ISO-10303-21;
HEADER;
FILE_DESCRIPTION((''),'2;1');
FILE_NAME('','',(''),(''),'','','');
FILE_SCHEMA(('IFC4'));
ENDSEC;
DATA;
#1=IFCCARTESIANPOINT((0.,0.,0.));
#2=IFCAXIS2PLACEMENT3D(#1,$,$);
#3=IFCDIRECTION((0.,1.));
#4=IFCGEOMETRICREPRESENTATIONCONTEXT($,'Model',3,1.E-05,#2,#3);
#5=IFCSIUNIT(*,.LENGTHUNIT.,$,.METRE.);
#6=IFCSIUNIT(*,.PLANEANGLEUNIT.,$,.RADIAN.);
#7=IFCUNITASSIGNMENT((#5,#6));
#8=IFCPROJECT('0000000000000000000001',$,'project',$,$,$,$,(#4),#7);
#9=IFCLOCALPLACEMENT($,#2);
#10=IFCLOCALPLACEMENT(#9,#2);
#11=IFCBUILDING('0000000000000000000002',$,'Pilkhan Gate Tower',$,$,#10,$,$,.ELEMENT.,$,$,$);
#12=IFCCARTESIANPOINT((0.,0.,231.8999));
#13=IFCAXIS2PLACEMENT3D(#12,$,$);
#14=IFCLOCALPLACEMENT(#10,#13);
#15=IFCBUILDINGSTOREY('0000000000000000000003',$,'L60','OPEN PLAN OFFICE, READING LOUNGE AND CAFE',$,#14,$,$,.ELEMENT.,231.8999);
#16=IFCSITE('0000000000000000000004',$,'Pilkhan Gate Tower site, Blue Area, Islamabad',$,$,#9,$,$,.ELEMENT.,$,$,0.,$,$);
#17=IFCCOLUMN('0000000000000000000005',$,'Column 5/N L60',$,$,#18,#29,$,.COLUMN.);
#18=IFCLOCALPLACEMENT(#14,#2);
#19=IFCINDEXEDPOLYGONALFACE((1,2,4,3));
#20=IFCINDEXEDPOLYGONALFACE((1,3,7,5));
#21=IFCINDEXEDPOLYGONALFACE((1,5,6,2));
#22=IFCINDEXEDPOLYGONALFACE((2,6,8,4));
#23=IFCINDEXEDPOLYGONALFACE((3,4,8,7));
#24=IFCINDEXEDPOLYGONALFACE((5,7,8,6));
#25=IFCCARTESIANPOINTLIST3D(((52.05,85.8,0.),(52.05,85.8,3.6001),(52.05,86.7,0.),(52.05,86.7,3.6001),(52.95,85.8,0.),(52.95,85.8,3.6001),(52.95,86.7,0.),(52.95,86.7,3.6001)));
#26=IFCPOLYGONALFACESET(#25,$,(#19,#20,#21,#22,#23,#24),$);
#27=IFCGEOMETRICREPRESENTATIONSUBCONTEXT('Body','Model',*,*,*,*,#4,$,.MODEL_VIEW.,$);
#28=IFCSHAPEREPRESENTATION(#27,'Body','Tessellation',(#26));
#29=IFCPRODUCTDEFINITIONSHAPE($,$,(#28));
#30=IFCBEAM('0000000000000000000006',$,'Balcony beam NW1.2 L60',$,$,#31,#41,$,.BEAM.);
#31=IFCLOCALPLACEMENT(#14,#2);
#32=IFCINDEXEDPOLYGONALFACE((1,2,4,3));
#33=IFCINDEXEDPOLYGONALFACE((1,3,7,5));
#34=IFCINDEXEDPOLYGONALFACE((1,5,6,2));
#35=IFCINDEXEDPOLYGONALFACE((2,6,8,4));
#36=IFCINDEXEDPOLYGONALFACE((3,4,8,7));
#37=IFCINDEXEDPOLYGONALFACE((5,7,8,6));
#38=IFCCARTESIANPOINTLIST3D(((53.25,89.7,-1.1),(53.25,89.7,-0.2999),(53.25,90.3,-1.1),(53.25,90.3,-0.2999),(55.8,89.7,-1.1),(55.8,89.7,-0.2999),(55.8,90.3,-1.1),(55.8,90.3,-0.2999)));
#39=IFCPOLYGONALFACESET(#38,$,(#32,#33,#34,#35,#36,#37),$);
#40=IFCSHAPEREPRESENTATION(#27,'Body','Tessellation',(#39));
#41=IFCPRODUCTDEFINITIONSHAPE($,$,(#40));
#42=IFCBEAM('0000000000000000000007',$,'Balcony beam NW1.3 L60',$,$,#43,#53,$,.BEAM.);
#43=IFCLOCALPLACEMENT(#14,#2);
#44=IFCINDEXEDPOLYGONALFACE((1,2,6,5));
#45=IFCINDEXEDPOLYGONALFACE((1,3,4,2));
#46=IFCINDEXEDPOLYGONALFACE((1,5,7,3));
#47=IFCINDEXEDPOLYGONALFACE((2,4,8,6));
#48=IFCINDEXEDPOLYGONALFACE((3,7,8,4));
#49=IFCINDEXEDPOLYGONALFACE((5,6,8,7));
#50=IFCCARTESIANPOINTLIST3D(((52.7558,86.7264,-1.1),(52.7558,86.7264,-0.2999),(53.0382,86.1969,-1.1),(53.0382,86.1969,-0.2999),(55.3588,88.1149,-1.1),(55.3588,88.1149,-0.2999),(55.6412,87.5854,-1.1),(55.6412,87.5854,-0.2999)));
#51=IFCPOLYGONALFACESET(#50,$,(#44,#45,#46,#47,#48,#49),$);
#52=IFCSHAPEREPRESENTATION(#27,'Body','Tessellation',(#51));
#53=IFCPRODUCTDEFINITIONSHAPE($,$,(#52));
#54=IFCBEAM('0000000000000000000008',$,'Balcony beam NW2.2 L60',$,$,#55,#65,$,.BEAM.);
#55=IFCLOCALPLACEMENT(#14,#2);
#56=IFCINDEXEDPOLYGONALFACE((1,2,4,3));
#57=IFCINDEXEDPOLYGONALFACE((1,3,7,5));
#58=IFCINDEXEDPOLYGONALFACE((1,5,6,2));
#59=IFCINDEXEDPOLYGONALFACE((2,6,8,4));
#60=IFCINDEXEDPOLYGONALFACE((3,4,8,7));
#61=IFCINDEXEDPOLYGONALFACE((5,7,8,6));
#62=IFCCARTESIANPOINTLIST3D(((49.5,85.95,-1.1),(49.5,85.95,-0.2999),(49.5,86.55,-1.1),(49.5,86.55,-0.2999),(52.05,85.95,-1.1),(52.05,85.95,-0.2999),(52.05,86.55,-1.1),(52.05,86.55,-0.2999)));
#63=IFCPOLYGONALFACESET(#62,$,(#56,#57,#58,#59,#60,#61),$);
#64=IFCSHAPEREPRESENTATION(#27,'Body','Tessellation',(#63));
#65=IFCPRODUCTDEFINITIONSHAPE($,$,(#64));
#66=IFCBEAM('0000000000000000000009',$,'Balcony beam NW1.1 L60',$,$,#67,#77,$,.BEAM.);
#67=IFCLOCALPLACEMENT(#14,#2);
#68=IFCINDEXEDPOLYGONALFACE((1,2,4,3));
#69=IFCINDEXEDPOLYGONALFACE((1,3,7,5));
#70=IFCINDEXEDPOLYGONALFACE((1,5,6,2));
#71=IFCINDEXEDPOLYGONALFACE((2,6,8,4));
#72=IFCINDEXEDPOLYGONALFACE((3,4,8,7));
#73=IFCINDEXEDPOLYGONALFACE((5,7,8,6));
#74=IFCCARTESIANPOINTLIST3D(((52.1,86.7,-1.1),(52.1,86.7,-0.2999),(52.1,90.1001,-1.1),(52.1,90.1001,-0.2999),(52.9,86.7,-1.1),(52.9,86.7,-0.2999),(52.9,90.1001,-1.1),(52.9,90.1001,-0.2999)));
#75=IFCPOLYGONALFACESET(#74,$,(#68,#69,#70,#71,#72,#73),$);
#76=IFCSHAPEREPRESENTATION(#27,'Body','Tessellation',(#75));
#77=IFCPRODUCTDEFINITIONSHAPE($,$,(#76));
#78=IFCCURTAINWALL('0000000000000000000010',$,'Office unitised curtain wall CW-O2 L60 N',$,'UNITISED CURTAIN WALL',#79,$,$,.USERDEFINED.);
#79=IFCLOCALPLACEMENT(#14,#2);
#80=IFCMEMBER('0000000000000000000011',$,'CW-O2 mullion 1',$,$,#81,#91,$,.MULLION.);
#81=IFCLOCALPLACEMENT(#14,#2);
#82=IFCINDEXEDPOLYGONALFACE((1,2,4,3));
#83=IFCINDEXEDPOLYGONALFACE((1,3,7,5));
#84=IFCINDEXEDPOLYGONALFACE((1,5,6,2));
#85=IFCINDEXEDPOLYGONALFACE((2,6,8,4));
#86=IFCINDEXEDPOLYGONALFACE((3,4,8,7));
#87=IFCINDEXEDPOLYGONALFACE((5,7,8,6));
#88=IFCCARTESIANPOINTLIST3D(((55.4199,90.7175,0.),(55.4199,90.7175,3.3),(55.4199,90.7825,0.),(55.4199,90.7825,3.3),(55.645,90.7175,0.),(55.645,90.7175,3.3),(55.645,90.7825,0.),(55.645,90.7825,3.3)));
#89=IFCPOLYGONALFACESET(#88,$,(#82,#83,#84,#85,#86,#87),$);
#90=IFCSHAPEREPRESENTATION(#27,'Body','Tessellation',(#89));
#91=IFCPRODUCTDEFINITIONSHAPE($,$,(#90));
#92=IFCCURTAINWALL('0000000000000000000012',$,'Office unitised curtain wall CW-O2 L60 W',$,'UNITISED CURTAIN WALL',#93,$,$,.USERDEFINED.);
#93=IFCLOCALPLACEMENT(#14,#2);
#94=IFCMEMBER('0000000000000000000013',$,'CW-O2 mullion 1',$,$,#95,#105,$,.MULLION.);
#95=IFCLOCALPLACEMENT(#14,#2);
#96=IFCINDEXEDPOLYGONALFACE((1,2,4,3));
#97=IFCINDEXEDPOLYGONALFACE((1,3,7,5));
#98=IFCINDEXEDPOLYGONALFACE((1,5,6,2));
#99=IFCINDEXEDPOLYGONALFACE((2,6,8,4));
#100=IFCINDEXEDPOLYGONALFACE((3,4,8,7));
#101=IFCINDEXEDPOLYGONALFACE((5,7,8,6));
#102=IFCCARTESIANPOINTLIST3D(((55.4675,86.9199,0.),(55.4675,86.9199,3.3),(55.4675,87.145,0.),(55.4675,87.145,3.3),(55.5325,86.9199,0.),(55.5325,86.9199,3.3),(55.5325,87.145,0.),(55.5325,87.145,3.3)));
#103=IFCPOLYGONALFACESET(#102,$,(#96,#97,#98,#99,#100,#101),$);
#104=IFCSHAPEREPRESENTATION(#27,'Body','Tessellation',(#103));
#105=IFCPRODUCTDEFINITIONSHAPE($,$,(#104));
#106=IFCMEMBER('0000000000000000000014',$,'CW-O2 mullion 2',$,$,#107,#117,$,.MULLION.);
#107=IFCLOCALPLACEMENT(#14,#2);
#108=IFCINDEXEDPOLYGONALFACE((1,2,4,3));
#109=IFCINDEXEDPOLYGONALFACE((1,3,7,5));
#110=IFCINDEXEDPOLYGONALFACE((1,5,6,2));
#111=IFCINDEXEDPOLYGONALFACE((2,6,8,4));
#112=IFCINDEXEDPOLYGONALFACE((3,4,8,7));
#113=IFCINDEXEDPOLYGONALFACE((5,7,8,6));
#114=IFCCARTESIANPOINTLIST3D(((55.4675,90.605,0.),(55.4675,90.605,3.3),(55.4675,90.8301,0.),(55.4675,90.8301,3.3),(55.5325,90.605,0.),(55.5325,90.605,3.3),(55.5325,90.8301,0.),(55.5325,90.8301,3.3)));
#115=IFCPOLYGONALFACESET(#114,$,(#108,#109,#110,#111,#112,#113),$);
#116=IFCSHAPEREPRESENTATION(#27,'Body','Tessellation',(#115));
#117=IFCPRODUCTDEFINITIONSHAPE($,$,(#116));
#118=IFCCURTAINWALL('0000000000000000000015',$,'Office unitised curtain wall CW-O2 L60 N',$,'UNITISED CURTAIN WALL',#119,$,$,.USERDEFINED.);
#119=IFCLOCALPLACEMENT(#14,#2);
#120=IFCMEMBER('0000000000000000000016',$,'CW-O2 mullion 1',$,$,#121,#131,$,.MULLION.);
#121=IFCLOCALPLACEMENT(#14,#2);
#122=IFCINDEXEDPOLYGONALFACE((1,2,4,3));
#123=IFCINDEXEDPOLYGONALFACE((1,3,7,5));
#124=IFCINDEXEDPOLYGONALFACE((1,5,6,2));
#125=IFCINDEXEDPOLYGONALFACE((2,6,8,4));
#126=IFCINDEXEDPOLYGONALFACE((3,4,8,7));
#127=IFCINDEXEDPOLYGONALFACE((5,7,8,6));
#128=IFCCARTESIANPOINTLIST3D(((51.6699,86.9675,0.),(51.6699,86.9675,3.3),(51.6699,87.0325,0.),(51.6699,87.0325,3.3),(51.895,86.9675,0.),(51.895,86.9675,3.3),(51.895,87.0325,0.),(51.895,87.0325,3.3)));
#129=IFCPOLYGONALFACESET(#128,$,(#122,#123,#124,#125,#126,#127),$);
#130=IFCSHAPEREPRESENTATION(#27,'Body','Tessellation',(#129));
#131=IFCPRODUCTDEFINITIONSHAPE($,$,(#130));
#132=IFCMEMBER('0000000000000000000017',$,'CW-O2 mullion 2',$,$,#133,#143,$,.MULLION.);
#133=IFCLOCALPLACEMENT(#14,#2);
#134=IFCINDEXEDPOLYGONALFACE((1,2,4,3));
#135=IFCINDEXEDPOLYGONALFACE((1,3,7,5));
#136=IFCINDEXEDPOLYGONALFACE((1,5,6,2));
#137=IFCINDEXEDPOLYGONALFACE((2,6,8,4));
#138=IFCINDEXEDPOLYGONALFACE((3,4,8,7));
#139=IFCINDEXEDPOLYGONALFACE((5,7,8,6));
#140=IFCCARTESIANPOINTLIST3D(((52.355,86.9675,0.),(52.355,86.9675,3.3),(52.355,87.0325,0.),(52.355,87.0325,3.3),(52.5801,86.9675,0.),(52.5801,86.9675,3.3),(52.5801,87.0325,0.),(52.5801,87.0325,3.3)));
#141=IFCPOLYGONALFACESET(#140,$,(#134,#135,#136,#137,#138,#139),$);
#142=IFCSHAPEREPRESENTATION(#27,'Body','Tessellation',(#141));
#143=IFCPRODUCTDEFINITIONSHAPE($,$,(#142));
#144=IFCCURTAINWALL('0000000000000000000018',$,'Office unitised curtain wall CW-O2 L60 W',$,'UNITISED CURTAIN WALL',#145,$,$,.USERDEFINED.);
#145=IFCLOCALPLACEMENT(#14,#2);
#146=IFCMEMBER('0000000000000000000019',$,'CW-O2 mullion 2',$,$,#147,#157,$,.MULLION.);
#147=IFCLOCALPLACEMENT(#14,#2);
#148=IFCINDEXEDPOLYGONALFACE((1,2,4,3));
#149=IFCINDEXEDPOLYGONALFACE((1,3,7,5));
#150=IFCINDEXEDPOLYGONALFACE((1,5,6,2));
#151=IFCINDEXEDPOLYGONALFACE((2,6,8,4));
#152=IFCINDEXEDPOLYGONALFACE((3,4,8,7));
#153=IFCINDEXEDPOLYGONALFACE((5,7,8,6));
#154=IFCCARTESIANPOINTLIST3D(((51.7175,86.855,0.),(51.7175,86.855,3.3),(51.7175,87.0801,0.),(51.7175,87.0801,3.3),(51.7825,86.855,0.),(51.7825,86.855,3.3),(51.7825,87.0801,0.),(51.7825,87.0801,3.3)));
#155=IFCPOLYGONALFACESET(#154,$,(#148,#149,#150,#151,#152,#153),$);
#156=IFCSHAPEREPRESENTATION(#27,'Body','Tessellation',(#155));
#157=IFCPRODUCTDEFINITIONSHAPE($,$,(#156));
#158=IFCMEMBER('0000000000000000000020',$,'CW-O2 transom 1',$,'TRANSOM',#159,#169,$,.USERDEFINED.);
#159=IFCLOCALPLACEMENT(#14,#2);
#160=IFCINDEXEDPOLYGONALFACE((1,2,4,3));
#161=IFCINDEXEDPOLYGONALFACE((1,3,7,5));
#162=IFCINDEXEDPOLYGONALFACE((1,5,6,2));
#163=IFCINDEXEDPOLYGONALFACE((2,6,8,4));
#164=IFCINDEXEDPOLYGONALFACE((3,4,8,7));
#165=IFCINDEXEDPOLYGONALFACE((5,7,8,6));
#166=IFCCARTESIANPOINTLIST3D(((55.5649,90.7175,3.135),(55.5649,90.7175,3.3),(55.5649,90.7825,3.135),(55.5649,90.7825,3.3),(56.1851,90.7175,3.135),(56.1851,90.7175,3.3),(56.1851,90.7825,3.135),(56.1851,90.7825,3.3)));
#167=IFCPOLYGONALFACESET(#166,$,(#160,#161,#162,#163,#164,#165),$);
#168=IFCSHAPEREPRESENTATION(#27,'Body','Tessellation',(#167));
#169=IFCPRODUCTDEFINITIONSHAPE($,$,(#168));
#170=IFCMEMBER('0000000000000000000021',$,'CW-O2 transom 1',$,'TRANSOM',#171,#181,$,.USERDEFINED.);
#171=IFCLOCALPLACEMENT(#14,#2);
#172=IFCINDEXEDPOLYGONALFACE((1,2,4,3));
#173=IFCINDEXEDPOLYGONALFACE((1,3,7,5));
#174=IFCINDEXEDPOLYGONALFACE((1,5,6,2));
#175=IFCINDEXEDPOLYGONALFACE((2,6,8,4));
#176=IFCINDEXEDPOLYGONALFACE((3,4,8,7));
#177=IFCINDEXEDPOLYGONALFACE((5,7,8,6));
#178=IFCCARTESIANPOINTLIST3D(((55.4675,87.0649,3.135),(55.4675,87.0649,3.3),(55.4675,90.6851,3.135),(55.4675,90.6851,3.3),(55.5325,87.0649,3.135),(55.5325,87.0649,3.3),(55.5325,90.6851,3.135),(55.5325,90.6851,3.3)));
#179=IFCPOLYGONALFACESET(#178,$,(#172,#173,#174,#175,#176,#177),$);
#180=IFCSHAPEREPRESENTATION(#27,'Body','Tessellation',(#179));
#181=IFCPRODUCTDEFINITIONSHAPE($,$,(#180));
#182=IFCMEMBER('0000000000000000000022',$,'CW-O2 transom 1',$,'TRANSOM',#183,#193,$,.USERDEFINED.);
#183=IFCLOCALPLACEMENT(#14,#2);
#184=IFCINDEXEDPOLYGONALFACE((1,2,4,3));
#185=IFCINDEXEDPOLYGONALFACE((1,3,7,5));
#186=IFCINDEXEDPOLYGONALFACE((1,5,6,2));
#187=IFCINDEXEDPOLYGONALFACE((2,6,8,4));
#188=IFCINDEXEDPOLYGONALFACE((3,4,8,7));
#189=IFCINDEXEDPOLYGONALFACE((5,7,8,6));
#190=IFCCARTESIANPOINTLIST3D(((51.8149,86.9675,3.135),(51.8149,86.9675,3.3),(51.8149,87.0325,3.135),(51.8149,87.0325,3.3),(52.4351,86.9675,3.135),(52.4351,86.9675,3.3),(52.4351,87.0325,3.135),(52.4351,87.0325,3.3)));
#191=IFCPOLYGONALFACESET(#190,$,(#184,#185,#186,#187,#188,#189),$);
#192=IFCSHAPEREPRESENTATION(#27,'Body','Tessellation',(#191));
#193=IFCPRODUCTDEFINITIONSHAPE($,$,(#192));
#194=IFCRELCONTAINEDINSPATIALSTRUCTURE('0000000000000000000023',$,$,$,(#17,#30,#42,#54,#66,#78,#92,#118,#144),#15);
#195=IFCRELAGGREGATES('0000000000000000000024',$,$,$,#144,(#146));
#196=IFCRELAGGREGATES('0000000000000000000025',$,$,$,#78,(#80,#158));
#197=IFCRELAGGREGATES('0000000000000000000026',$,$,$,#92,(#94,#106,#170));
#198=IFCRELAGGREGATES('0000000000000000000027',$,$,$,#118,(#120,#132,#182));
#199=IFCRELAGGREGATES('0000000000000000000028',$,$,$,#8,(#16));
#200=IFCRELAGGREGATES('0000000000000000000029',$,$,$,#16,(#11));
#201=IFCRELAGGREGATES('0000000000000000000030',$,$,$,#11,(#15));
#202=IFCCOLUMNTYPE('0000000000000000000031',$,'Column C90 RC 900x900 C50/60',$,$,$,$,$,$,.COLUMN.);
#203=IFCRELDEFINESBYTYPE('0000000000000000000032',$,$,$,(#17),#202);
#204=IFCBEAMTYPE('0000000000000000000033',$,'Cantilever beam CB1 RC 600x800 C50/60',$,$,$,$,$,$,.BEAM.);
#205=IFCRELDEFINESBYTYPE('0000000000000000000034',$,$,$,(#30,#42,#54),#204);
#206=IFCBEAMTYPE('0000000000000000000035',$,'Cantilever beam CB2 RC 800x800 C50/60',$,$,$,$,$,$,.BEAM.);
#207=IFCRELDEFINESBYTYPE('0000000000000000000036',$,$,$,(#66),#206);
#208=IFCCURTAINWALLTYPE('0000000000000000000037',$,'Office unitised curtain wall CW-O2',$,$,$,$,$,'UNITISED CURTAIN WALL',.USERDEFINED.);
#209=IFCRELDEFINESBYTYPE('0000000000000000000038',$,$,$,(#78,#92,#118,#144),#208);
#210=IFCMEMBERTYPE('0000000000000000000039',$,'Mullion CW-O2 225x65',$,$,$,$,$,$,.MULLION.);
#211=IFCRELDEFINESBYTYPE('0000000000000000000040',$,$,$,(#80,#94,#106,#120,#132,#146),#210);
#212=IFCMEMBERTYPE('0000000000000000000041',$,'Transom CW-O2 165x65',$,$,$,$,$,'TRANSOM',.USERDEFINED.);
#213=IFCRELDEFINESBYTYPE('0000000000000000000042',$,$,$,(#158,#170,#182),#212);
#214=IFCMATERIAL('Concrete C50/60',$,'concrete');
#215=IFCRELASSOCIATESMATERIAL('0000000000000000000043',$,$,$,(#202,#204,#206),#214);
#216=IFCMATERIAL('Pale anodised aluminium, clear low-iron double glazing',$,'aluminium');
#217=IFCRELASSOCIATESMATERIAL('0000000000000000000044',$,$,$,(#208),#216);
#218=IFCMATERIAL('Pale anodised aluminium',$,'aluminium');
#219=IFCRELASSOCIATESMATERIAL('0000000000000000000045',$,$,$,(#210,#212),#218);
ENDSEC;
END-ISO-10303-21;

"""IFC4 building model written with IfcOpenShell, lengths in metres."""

from ifc_helpers import new_model, si_unit, direction, frame, origin, origin_2d, place, context, subcontext, project, spatial, rectangle, extrude, material, material_profile, profile_set, type_object, element, aggregate, save


model = new_model("IFC4")

# Units and contexts
model_context = context("Model", 3, precision=1e-05, world=origin(), true_north=direction((0.0, 1.0)))
body_context = subcontext(model_context, "Body", "Model", "MODEL_VIEW")
ifc_project = project(units=[si_unit("LENGTHUNIT", "METRE"), si_unit("PLANEANGLEUNIT", "RADIAN")], contexts=[model_context])

# Site, building, storey
site_placement = place(None, origin())
site = spatial("IfcSite", under=ifc_project, at=site_placement, Name="Pilkhan Gate Tower site, Blue Area, Islamabad", CompositionType="ELEMENT", RefElevation=0.0)
building_placement = place(site_placement, origin())
building = spatial("IfcBuilding", under=site, at=building_placement, Name="Pilkhan Gate Tower", CompositionType="ELEMENT")
storey_placement = place(building_placement, frame((0.0, 0.0, 231.8999)))
storey = spatial("IfcBuildingStorey", under=building, at=storey_placement, Name="L60", Description="OPEN PLAN OFFICE, READING LOUNGE AND CAFE", CompositionType="ELEMENT", Elevation=231.8999)

# Column
ifc_material_1 = material(Name="Concrete C50/60", Category="concrete")
ifc_material_profile_1 = material_profile(ifc_material_1, rectangle(XDim=0.8999, YDim=0.8999, at=origin_2d()), Name="RC 900x900")
ifc_profile_set_1 = profile_set([ifc_material_profile_1], Name="Concrete C50/60")
column_type = type_object("IfcColumnType", Name="Column C90 RC 900x900 C50/60", PredefinedType="COLUMN", material=ifc_profile_set_1)
column_placement = place(storey_placement, frame((52.5, 86.25, 0.0), z_axis=(0.0, 0.0, 1.0), x_axis=(1.0, 0.0, 0.0)))
element("IfcColumn", 1, at=column_placement, inside=storey, type_object=column_type, Name="Column 5/N L60", PredefinedType="COLUMN", context=body_context, shape_type="SweptSolid", body=[
    extrude(rectangle(XDim=0.8999, YDim=0.8999, at=origin_2d()), origin(), (0.0, 0.0, 1.0), 3.6001),
])

# Beams
ifc_material_profile_2 = material_profile(ifc_material_1, rectangle(XDim=0.6001, YDim=0.8, at=origin_2d()), Name="RC 600x800")
ifc_profile_set_2 = profile_set([ifc_material_profile_2], Name="Concrete C50/60")
beam_type_1 = type_object("IfcBeamType", Name="Cantilever beam CB1 RC 600x800 C50/60", PredefinedType="BEAM", material=ifc_profile_set_2)
beam_1_placement = place(storey_placement, frame((55.8, 90.0, -0.7), z_axis=(-1.0, 0.0, 0.0), x_axis=(0.0, -1.0, 0.0)))
element("IfcBeam", 2, at=beam_1_placement, inside=storey, type_object=beam_type_1, Name="Balcony beam NW1.2 L60", PredefinedType="BEAM", context=body_context, shape_type="SweptSolid", body=[
    extrude(rectangle(XDim=0.6001, YDim=0.8, at=origin_2d()), origin(), (0.0, 0.0, 1.0), 2.55),
])
beam_2_placement = place(storey_placement, frame((52.897, 86.4617, -0.7), z_axis=(0.882332, 0.470627, 0.0), x_axis=(-0.470627, 0.882332, 0.0)))
element("IfcBeam", 3, at=beam_2_placement, inside=storey, type_object=beam_type_1, Name="Balcony beam NW1.3 L60", PredefinedType="BEAM", context=body_context, shape_type="SweptSolid", body=[
    extrude(rectangle(XDim=0.6001, YDim=0.8, at=origin_2d()), origin(), (0.0, 0.0, 1.0), 2.9502),
])
beam_3_placement = place(storey_placement, frame((52.05, 86.25, -0.7), z_axis=(-1.0, 0.0, 0.0), x_axis=(0.0, -1.0, 0.0)))
element("IfcBeam", 4, at=beam_3_placement, inside=storey, type_object=beam_type_1, Name="Balcony beam NW2.2 L60", PredefinedType="BEAM", context=body_context, shape_type="SweptSolid", body=[
    extrude(rectangle(XDim=0.6001, YDim=0.8, at=origin_2d()), origin(), (0.0, 0.0, 1.0), 2.55),
])
ifc_material_profile_3 = material_profile(ifc_material_1, rectangle(XDim=0.8, YDim=0.8, at=origin_2d()), Name="RC 800x800")
ifc_profile_set_3 = profile_set([ifc_material_profile_3], Name="Concrete C50/60")
beam_type_2 = type_object("IfcBeamType", Name="Cantilever beam CB2 RC 800x800 C50/60", PredefinedType="BEAM", material=ifc_profile_set_3)
beam_4_placement = place(storey_placement, frame((52.5, 86.7, -0.7), z_axis=(0.0, 1.0, 0.0), x_axis=(-1.0, 0.0, 0.0)))
element("IfcBeam", 5, at=beam_4_placement, inside=storey, type_object=beam_type_2, Name="Balcony beam NW1.1 L60", PredefinedType="BEAM", context=body_context, shape_type="SweptSolid", body=[
    extrude(rectangle(XDim=0.8, YDim=0.8, at=origin_2d()), origin(), (0.0, 0.0, 1.0), 3.4001),
])

# Curtain wall, member
ifc_material_2 = material(Name="Pale anodised aluminium, clear low-iron double glazing", Category="aluminium")
curtain_wall_type = type_object("IfcCurtainWallType", Name="Office unitised curtain wall CW-O2", ElementType="UNITISED CURTAIN WALL", PredefinedType="USERDEFINED", material=ifc_material_2)
curtain_wall_1_placement = place(storey_placement, origin())
curtain_wall_1 = element("IfcCurtainWall", 6, at=curtain_wall_1_placement, inside=storey, type_object=curtain_wall_type, Name="Office unitised curtain wall CW-O2 L60 N", ObjectType="UNITISED CURTAIN WALL", PredefinedType="USERDEFINED")
ifc_material_3 = material(Name="Pale anodised aluminium", Category="aluminium")
ifc_material_profile_4 = material_profile(ifc_material_3, rectangle(XDim=0.0649, YDim=0.2251, at=origin_2d()), Name="Mullion 225x65")
ifc_profile_set_4 = profile_set([ifc_material_profile_4], Name="Pale anodised aluminium")
member_type_1 = type_object("IfcMemberType", Name="Mullion CW-O2 225x65", PredefinedType="MULLION", material=ifc_profile_set_4)
member_1_placement = place(storey_placement, frame((55.5325, 90.75, 0.0), z_axis=(0.0, 0.0, 1.0), x_axis=(0.0, 1.0, 0.0)))
member_1 = element("IfcMember", 7, at=member_1_placement, type_object=member_type_1, Name="CW-O2 mullion 1", PredefinedType="MULLION", context=body_context, shape_type="SweptSolid", body=[
    extrude(rectangle(XDim=0.0649, YDim=0.2251, at=origin_2d()), origin(), (0.0, 0.0, 1.0), 3.3),
])

# Curtain walls, members
curtain_wall_2_placement = place(storey_placement, origin())
curtain_wall_2 = element("IfcCurtainWall", 8, at=curtain_wall_2_placement, inside=storey, type_object=curtain_wall_type, Name="Office unitised curtain wall CW-O2 L60 W", ObjectType="UNITISED CURTAIN WALL", PredefinedType="USERDEFINED")
member_2_placement = place(storey_placement, frame((55.5, 87.0325, 0.0), z_axis=(0.0, 0.0, 1.0), x_axis=(-1.0, 0.0, 0.0)))
member_2 = element("IfcMember", 9, at=member_2_placement, type_object=member_type_1, Name="CW-O2 mullion 1", PredefinedType="MULLION", context=body_context, shape_type="SweptSolid", body=[
    extrude(rectangle(XDim=0.0649, YDim=0.2251, at=origin_2d()), origin(), (0.0, 0.0, 1.0), 3.3),
])
member_3_placement = place(storey_placement, frame((55.5, 90.7175, 0.0), z_axis=(0.0, 0.0, 1.0), x_axis=(-1.0, 0.0, 0.0)))
member_3 = element("IfcMember", 10, at=member_3_placement, type_object=member_type_1, Name="CW-O2 mullion 2", PredefinedType="MULLION", context=body_context, shape_type="SweptSolid", body=[
    extrude(rectangle(XDim=0.0649, YDim=0.2251, at=origin_2d()), origin(), (0.0, 0.0, 1.0), 3.3),
])
curtain_wall_3_placement = place(storey_placement, origin())
curtain_wall_3 = element("IfcCurtainWall", 11, at=curtain_wall_3_placement, inside=storey, type_object=curtain_wall_type, Name="Office unitised curtain wall CW-O2 L60 N", ObjectType="UNITISED CURTAIN WALL", PredefinedType="USERDEFINED")
member_4_placement = place(storey_placement, frame((51.7825, 87.0, 0.0), z_axis=(0.0, 0.0, 1.0), x_axis=(0.0, 1.0, 0.0)))
member_4 = element("IfcMember", 12, at=member_4_placement, type_object=member_type_1, Name="CW-O2 mullion 1", PredefinedType="MULLION", context=body_context, shape_type="SweptSolid", body=[
    extrude(rectangle(XDim=0.0649, YDim=0.2251, at=origin_2d()), origin(), (0.0, 0.0, 1.0), 3.3),
])
member_5_placement = place(storey_placement, frame((52.4675, 87.0, 0.0), z_axis=(0.0, 0.0, 1.0), x_axis=(0.0, 1.0, 0.0)))
member_5 = element("IfcMember", 13, at=member_5_placement, type_object=member_type_1, Name="CW-O2 mullion 2", PredefinedType="MULLION", context=body_context, shape_type="SweptSolid", body=[
    extrude(rectangle(XDim=0.0649, YDim=0.2251, at=origin_2d()), origin(), (0.0, 0.0, 1.0), 3.3),
])

# Curtain wall, member
curtain_wall_4_placement = place(storey_placement, origin())
curtain_wall_4 = element("IfcCurtainWall", 14, at=curtain_wall_4_placement, inside=storey, type_object=curtain_wall_type, Name="Office unitised curtain wall CW-O2 L60 W", ObjectType="UNITISED CURTAIN WALL", PredefinedType="USERDEFINED")
member_6_placement = place(storey_placement, frame((51.75, 86.9675, 0.0), z_axis=(0.0, 0.0, 1.0), x_axis=(-1.0, 0.0, 0.0)))
member_6 = element("IfcMember", 15, at=member_6_placement, type_object=member_type_1, Name="CW-O2 mullion 2", PredefinedType="MULLION", context=body_context, shape_type="SweptSolid", body=[
    extrude(rectangle(XDim=0.0649, YDim=0.2251, at=origin_2d()), origin(), (0.0, 0.0, 1.0), 3.3),
])
aggregate(curtain_wall_4, [member_6])

# Members
ifc_material_profile_5 = material_profile(ifc_material_3, rectangle(XDim=0.0649, YDim=0.165, at=origin_2d()), Name="Transom 165x65")
ifc_profile_set_5 = profile_set([ifc_material_profile_5], Name="Pale anodised aluminium")
member_type_2 = type_object("IfcMemberType", Name="Transom CW-O2 165x65", ElementType="TRANSOM", PredefinedType="USERDEFINED", material=ifc_profile_set_5)
member_7_placement = place(storey_placement, frame((55.5649, 90.75, 3.2175), z_axis=(1.0, 0.0, 0.0), x_axis=(0.0, 1.0, 0.0)))
member_7 = element("IfcMember", 16, at=member_7_placement, type_object=member_type_2, Name="CW-O2 transom 1", ObjectType="TRANSOM", PredefinedType="USERDEFINED", context=body_context, shape_type="SweptSolid", body=[
    extrude(rectangle(XDim=0.0649, YDim=0.165, at=origin_2d()), origin(), (0.0, 0.0, 1.0), 0.6201),
])
member_8_placement = place(storey_placement, frame((55.5, 87.0649, 3.2175), z_axis=(0.0, 1.0, 0.0), x_axis=(-1.0, 0.0, 0.0)))
member_8 = element("IfcMember", 17, at=member_8_placement, type_object=member_type_2, Name="CW-O2 transom 1", ObjectType="TRANSOM", PredefinedType="USERDEFINED", context=body_context, shape_type="SweptSolid", body=[
    extrude(rectangle(XDim=0.0649, YDim=0.165, at=origin_2d()), origin(), (0.0, 0.0, 1.0), 3.6201),
])
member_9_placement = place(storey_placement, frame((51.8149, 87.0, 3.2175), z_axis=(1.0, 0.0, 0.0), x_axis=(0.0, 1.0, 0.0)))
member_9 = element("IfcMember", 18, at=member_9_placement, type_object=member_type_2, Name="CW-O2 transom 1", ObjectType="TRANSOM", PredefinedType="USERDEFINED", context=body_context, shape_type="SweptSolid", body=[
    extrude(rectangle(XDim=0.0649, YDim=0.165, at=origin_2d()), origin(), (0.0, 0.0, 1.0), 0.6201),
])

aggregate(curtain_wall_1, [member_1, member_7])
aggregate(curtain_wall_2, [member_2, member_3, member_8])
aggregate(curtain_wall_3, [member_4, member_5, member_9])

save(model, "model.ifc")
